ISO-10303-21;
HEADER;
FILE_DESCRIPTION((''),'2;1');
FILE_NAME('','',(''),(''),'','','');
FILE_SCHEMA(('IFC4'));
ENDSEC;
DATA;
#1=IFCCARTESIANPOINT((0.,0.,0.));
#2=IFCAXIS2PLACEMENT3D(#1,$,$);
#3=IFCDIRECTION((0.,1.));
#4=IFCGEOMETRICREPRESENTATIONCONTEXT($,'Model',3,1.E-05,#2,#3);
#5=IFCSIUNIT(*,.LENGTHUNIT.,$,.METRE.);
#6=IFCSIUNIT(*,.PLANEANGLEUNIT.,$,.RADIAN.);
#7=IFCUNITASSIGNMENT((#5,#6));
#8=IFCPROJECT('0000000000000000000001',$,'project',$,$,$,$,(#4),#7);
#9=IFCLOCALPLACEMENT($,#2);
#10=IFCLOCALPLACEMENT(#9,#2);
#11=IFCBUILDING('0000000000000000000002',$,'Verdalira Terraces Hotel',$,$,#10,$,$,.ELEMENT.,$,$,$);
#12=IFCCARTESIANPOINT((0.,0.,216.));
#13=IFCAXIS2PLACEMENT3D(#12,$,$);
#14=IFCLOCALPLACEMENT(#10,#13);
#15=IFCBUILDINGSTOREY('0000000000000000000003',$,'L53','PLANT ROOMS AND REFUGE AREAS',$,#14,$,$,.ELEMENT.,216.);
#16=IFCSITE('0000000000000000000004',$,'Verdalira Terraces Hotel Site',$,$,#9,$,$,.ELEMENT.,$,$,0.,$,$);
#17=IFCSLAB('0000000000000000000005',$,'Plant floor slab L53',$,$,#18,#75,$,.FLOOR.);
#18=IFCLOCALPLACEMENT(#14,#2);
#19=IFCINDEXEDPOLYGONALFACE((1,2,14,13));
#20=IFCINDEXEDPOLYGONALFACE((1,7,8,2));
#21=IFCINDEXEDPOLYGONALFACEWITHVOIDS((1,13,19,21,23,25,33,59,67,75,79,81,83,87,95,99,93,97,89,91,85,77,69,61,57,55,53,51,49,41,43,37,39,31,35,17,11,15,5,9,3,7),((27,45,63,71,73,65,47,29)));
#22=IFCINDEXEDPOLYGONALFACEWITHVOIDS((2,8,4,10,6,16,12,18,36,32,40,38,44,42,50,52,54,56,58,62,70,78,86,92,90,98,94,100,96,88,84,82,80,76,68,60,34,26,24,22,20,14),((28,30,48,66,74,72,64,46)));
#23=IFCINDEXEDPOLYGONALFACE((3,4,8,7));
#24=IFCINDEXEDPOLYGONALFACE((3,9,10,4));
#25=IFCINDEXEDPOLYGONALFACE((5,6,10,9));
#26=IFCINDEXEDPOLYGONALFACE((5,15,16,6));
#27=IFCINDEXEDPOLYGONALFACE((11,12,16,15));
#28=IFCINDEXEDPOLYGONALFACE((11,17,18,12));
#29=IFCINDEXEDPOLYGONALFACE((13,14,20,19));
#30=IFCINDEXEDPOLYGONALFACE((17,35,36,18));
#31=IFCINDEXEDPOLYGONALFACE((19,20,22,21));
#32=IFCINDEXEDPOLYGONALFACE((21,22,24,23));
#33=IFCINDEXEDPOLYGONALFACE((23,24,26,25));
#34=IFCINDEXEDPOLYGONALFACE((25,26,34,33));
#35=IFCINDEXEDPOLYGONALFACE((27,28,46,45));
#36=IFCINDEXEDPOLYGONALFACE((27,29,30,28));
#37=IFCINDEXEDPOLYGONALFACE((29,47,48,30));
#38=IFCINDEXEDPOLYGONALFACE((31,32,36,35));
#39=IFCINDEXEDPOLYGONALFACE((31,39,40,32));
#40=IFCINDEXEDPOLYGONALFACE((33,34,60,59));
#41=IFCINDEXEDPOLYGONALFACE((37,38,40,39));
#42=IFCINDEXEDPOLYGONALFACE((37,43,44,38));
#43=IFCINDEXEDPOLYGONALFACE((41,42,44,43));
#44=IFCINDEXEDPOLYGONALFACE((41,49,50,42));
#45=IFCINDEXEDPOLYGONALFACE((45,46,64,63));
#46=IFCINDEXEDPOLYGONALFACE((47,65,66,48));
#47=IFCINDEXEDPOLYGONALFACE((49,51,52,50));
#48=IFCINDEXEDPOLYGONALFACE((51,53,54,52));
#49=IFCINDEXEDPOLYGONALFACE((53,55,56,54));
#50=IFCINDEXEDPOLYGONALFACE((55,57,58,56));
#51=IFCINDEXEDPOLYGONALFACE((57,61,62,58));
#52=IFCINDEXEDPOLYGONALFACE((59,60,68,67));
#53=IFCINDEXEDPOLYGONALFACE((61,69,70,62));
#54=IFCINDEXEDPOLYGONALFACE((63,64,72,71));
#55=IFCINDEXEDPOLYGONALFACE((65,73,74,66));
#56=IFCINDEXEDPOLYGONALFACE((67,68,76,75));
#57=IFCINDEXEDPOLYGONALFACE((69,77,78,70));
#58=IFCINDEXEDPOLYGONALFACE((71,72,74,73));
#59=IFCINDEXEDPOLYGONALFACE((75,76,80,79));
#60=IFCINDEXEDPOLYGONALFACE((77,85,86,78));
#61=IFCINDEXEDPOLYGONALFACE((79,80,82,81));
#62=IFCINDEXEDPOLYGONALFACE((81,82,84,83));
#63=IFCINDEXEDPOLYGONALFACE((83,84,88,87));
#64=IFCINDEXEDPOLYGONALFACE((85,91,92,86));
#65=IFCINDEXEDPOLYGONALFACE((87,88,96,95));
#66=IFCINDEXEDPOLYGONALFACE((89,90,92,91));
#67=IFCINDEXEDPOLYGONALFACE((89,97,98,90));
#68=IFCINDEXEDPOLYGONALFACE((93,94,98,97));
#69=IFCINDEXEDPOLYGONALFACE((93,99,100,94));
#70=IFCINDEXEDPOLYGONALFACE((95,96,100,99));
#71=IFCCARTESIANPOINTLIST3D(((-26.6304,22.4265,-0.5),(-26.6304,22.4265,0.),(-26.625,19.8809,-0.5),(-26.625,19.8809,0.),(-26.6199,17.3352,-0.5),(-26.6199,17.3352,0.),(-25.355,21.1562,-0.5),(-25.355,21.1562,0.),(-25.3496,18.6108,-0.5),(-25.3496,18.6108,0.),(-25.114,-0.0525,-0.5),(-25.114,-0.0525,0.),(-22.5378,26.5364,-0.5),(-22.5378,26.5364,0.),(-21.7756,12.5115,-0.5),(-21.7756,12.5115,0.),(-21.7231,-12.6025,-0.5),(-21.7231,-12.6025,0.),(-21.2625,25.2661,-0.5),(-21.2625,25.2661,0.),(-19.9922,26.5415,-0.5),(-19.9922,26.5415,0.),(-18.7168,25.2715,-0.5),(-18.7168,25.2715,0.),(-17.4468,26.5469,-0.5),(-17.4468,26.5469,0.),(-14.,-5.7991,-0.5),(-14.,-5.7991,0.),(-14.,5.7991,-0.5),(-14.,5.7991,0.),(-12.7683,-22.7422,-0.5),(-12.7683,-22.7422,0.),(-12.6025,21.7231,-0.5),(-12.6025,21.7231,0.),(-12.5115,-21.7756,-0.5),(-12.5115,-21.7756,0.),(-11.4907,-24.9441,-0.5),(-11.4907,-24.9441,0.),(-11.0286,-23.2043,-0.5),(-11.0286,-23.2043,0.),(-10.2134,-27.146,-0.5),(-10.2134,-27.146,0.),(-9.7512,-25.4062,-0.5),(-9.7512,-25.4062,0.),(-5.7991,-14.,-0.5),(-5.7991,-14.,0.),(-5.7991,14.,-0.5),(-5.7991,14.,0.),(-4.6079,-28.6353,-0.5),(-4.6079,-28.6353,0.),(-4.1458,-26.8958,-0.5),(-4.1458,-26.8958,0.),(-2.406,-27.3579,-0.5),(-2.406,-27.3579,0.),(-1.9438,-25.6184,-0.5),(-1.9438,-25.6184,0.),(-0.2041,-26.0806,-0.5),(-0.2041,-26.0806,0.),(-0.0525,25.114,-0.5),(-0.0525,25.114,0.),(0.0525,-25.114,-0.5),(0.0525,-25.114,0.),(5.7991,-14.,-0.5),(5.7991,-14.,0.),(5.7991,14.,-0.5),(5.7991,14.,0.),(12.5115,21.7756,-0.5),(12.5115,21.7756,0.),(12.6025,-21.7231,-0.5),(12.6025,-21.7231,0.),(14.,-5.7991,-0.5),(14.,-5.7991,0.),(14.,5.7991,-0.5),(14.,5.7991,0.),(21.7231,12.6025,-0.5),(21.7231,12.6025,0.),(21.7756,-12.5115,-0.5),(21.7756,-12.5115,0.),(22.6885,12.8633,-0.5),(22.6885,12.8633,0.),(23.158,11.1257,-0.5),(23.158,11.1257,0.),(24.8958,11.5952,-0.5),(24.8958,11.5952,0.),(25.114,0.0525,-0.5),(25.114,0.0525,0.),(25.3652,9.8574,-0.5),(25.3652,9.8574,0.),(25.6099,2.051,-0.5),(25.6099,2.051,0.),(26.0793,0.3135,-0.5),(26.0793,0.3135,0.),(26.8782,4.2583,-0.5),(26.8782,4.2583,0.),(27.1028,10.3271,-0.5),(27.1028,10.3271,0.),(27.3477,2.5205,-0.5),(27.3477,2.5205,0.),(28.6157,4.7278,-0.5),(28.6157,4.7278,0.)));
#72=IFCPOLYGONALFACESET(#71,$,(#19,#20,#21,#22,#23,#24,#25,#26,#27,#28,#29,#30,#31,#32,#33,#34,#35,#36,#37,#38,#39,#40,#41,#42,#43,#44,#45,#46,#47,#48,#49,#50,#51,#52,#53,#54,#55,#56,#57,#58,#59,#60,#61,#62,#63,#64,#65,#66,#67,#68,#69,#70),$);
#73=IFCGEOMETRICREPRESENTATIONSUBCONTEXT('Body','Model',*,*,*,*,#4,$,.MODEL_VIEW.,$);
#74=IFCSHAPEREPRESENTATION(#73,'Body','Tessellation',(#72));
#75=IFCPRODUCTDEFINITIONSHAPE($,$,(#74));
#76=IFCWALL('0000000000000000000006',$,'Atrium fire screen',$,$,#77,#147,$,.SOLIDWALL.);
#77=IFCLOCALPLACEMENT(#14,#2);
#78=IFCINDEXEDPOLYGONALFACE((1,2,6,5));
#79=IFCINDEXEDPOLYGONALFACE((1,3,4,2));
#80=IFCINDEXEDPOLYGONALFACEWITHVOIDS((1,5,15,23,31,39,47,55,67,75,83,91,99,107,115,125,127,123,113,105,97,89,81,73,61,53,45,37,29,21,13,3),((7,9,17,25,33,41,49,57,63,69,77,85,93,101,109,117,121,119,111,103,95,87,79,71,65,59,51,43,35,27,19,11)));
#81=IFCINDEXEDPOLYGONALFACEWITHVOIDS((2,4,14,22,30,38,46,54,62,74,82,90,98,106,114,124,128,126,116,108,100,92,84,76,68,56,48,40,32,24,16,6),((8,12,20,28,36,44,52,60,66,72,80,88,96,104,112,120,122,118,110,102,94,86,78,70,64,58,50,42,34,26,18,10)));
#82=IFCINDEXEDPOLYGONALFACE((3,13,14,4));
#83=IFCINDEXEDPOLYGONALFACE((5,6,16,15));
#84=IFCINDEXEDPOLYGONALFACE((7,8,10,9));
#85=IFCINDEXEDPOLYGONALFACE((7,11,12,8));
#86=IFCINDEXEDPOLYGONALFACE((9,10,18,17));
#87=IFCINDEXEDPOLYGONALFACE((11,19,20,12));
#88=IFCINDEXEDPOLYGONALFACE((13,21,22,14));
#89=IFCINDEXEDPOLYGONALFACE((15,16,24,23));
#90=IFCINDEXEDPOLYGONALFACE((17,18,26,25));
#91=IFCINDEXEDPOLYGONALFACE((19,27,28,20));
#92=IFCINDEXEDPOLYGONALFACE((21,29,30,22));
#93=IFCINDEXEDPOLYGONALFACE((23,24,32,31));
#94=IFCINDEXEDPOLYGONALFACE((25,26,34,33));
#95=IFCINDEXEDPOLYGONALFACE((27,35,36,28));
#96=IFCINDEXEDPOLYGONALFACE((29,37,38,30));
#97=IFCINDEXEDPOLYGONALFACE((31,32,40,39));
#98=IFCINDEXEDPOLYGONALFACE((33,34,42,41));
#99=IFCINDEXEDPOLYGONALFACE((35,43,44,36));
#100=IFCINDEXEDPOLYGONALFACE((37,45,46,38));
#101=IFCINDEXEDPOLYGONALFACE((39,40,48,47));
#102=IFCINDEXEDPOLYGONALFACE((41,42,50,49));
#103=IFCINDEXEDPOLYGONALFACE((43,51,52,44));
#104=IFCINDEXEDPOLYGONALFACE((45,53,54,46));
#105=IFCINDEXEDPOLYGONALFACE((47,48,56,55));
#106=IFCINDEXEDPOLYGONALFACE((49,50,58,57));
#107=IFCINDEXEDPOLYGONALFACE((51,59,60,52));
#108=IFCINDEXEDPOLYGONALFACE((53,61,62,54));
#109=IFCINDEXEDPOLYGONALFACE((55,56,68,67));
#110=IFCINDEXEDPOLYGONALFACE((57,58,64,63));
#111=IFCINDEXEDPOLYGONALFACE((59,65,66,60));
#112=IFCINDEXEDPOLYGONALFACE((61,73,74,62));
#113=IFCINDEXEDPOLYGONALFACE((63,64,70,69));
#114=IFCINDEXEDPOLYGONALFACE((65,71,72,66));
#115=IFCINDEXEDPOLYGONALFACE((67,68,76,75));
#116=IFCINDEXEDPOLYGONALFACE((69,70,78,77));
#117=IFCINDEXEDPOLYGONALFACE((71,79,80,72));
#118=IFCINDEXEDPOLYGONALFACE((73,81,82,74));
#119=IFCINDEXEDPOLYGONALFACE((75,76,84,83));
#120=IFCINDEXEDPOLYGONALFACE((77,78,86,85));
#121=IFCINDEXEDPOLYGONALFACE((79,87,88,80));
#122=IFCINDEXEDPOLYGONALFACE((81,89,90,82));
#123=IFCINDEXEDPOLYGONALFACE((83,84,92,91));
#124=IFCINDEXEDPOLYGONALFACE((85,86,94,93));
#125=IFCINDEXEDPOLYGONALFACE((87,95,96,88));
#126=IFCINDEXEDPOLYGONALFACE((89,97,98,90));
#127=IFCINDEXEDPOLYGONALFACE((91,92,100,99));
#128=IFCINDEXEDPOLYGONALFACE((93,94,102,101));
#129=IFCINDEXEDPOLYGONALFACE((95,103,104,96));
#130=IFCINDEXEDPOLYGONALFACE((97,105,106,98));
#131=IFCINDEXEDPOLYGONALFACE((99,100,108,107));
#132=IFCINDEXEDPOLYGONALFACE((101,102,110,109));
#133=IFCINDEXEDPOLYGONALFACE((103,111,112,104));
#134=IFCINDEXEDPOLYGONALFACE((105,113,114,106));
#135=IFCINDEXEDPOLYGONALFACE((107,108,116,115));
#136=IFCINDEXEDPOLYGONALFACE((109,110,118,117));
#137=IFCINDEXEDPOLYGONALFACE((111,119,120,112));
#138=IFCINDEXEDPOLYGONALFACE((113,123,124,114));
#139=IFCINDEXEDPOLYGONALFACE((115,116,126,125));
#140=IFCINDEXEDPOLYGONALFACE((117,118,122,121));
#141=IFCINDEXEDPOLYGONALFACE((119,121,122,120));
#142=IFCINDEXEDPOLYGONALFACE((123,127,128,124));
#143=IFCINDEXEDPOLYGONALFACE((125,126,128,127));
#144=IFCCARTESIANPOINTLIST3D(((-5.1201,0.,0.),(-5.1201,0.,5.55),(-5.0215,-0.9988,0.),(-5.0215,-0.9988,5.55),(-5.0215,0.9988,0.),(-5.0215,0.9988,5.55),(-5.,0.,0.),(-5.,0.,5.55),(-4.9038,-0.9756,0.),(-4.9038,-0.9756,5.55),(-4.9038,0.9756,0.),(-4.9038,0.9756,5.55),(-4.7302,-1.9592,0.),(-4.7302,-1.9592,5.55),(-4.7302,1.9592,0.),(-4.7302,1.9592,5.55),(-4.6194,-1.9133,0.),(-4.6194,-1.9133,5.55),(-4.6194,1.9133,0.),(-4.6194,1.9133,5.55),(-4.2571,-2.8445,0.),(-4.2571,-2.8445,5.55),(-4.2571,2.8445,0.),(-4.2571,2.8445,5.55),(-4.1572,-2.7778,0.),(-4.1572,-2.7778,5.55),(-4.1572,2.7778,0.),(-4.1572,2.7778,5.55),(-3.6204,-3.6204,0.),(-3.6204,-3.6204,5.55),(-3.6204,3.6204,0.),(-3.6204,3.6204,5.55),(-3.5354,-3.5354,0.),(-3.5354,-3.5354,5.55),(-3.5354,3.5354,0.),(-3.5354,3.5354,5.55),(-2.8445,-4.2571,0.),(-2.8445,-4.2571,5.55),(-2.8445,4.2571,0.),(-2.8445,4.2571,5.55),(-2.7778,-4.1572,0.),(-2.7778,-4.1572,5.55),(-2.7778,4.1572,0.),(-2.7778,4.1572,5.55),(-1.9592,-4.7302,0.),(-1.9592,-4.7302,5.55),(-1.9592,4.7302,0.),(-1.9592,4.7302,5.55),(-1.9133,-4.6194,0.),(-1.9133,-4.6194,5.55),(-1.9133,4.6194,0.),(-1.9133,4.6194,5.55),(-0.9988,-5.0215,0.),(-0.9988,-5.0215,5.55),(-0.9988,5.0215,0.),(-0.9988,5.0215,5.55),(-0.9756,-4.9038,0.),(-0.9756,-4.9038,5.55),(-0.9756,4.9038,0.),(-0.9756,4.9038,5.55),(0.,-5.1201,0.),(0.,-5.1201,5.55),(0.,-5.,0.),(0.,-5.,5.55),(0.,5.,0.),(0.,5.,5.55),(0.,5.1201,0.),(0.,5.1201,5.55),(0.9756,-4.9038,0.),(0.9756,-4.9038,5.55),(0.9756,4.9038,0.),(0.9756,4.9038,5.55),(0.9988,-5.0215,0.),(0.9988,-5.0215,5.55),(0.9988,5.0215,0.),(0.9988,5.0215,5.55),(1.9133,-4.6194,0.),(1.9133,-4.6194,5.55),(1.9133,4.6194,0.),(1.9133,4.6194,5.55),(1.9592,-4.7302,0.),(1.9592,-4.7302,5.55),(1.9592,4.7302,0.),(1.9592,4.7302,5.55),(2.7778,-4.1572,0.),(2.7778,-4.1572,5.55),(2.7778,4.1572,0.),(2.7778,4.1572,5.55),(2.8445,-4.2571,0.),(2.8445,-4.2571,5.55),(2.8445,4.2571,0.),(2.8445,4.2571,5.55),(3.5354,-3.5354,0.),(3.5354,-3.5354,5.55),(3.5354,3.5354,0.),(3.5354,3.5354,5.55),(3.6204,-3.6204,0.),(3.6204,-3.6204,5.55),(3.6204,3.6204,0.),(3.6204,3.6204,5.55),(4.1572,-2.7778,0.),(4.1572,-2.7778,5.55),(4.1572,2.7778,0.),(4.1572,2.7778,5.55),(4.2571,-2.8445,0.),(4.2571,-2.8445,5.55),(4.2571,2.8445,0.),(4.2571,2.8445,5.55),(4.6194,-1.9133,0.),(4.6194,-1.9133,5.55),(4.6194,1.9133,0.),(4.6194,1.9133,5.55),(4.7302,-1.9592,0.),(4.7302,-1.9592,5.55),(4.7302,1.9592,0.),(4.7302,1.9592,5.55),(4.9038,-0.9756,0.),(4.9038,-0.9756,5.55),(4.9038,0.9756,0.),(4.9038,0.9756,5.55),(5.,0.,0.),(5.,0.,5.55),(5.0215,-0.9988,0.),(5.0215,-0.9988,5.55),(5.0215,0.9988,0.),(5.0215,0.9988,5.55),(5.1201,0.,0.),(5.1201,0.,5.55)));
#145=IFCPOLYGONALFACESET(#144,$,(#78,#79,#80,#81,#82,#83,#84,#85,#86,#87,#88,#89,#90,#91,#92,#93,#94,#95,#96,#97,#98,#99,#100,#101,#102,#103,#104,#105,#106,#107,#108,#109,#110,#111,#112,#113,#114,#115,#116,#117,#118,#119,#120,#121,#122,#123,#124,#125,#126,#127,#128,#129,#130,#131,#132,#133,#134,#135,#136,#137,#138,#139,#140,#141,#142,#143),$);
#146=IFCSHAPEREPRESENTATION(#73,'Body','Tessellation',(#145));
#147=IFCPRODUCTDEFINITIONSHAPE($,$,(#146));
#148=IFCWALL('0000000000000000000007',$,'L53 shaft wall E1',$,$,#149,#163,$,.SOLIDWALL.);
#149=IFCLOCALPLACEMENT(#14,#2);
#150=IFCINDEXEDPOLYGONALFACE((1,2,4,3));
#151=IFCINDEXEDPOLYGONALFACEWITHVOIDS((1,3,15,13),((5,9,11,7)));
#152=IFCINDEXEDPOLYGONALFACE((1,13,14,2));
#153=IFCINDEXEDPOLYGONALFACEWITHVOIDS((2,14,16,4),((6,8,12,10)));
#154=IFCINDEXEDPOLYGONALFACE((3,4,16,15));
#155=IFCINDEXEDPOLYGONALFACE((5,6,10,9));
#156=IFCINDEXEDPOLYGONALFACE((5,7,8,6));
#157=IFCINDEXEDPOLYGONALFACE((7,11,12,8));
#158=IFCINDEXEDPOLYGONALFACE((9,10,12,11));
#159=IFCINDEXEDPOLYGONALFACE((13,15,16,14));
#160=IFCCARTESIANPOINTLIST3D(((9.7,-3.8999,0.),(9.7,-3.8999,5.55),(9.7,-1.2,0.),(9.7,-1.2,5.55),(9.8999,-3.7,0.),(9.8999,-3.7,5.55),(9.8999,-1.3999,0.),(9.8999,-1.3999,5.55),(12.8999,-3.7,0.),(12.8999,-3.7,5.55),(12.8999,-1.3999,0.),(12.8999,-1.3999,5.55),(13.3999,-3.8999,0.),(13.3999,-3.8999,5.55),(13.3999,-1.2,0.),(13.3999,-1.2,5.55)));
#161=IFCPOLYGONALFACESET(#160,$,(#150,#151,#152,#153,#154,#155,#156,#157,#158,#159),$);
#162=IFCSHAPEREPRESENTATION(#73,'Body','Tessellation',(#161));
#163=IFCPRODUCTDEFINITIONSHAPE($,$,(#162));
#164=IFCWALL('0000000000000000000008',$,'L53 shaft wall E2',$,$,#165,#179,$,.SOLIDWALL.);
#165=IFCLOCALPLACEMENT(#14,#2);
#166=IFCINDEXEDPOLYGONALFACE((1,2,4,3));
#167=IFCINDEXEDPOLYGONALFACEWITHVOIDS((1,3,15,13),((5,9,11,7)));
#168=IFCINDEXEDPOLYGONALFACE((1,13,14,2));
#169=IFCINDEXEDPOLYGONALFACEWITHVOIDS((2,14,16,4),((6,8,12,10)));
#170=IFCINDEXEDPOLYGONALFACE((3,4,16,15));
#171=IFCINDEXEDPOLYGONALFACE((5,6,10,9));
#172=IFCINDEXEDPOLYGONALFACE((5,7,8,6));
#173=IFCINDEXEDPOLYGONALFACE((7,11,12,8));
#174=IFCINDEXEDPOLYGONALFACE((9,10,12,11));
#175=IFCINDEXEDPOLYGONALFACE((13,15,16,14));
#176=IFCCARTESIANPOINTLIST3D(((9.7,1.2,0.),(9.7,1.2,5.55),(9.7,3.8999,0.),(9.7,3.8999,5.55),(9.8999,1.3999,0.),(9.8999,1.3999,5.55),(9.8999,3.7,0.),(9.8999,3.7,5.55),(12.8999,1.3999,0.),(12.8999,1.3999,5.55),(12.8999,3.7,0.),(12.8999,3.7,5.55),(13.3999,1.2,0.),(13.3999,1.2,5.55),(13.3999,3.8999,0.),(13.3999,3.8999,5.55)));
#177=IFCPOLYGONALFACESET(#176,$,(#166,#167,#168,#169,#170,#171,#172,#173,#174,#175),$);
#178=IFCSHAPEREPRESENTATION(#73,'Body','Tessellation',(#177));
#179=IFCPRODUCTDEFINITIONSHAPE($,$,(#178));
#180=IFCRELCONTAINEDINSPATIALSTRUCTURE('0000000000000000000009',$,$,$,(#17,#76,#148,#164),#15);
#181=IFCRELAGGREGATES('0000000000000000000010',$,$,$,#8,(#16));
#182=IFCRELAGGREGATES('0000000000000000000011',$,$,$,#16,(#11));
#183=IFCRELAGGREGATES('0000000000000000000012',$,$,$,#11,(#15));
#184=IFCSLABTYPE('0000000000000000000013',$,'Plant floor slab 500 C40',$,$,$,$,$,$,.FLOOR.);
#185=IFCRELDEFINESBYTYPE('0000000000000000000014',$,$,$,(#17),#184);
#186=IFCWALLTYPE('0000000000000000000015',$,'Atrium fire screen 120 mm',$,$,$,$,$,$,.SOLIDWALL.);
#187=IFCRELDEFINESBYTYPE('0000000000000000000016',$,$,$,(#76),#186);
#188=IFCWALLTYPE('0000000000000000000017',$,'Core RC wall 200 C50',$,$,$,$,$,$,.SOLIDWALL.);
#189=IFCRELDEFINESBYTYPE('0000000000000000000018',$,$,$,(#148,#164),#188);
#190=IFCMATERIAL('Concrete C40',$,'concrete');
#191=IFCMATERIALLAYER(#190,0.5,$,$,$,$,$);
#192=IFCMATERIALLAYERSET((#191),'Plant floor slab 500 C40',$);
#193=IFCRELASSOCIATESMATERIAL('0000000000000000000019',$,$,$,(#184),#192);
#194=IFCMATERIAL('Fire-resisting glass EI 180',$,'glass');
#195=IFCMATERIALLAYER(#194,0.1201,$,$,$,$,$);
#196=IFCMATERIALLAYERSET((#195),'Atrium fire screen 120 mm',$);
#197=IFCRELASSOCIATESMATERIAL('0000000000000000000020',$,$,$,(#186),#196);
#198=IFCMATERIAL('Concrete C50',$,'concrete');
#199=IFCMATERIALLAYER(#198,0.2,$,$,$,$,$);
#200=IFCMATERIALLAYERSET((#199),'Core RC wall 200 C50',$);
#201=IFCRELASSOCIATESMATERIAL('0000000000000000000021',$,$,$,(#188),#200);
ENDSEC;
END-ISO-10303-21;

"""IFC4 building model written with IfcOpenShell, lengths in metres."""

from ifc_helpers import new_model, si_unit, direction, frame, origin, place, context, subcontext, project, spatial, polyline, outline, extrude, material, layer, layer_set, type_object, element, save


model = new_model("IFC4")

# Units and contexts
model_context = context("Model", 3, precision=1e-05, world=origin(), true_north=direction((0.0, 1.0)))
body_context = subcontext(model_context, "Body", "Model", "MODEL_VIEW")
ifc_project = project(units=[si_unit("LENGTHUNIT", "METRE"), si_unit("PLANEANGLEUNIT", "RADIAN")], contexts=[model_context])

# Site, building, storey
site_placement = place(None, origin())
site = spatial("IfcSite", under=ifc_project, at=site_placement, Name="Verdalira Terraces Hotel Site", CompositionType="ELEMENT", RefElevation=0.0)
building_placement = place(site_placement, origin())
building = spatial("IfcBuilding", under=site, at=building_placement, Name="Verdalira Terraces Hotel", CompositionType="ELEMENT")
storey_placement = place(building_placement, frame((0.0, 0.0, 216.0)))
storey = spatial("IfcBuildingStorey", under=building, at=storey_placement, Name="L53", Description="PLANT ROOMS AND REFUGE AREAS", CompositionType="ELEMENT", Elevation=216.0)

# Slab
ifc_material_1 = material(Name="Concrete C40", Category="concrete")
ifc_layer_1 = layer(ifc_material_1, 0.5)
ifc_layer_set_1 = layer_set([ifc_layer_1], Name="Plant floor slab 500 C40")
slab_type_1 = type_object("IfcSlabType", Name="Plant floor slab 500 C40", PredefinedType="FLOOR", material=ifc_layer_set_1)
slab_1_placement = place(storey_placement, frame((0.0, 0.0, -0.5)))
element("IfcSlab", 1, at=slab_1_placement, inside=storey, type_object=slab_type_1, Name="Plant floor slab L53", PredefinedType="FLOOR", context=body_context, shape_type="SweptSolid", body=[
    extrude(outline(polyline([(-0.0525, 25.114), (-12.6025, 21.7231), (-17.4468, 26.5469), (-18.7168, 25.2715), (-19.9922, 26.5415), (-21.2625, 25.2661), (-22.5378, 26.5364), (-26.6304, 22.4265), (-25.355, 21.1562), (-26.625, 19.8809), (-25.3496, 18.6108), (-26.6199, 17.3352), (-21.7756, 12.5115), (-25.114, -0.0525), (-21.7231, -12.6025), (-12.5115, -21.7756), (-12.7683, -22.7422), (-11.0286, -23.2043), (-11.4907, -24.9441), (-9.7512, -25.4062), (-10.2134, -27.146), (-4.6079, -28.6353), (-4.1458, -26.8958), (-2.406, -27.3579), (-1.9438, -25.6184), (-0.2041, -26.0806), (0.0525, -25.114), (12.6025, -21.7231), (21.7756, -12.5115), (25.114, 0.0525), (26.0793, 0.3135), (25.6099, 2.051), (27.3477, 2.5205), (26.8782, 4.2583), (28.6157, 4.7278), (27.1028, 10.3271), (25.3652, 9.8574), (24.8958, 11.5952), (23.158, 11.1257), (22.6885, 12.8633), (21.7231, 12.6025), (12.5115, 21.7756), (-0.0525, 25.114)]), holes=[polyline([(5.7991, 14.0), (14.0, 5.7991), (14.0, -5.7991), (5.7991, -14.0), (-5.7991, -14.0), (-14.0, -5.7991), (-14.0, 5.7991), (-5.7991, 14.0), (5.7991, 14.0)])]), origin(), (0.0, 0.0, 1.0), 0.5),
])

# Walls
ifc_material_2 = material(Name="Fire-resisting glass EI 180", Category="glass")
ifc_layer_2 = layer(ifc_material_2, 0.1201)
ifc_layer_set_2 = layer_set([ifc_layer_2], Name="Atrium fire screen 120 mm")
wall_type_1 = type_object("IfcWallType", Name="Atrium fire screen 120 mm", PredefinedType="SOLIDWALL", material=ifc_layer_set_2)
wall_1_placement = place(storey_placement, origin())
element("IfcWall", 2, at=wall_1_placement, inside=storey, type_object=wall_type_1, Name="Atrium fire screen", PredefinedType="SOLIDWALL", context=body_context, shape_type="SweptSolid", body=[
    extrude(outline(polyline([(5.0215, -0.9988), (4.7302, -1.9592), (4.2571, -2.8445), (3.6204, -3.6204), (2.8445, -4.2571), (1.9592, -4.7302), (0.9988, -5.0215), (0.0, -5.1201), (-0.9988, -5.0215), (-1.9592, -4.7302), (-2.8445, -4.2571), (-3.6204, -3.6204), (-4.2571, -2.8445), (-4.7302, -1.9592), (-5.0215, -0.9988), (-5.1201, 0.0), (-5.0215, 0.9988), (-4.7302, 1.9592), (-4.2571, 2.8445), (-3.6204, 3.6204), (-2.8445, 4.2571), (-1.9592, 4.7302), (-0.9988, 5.0215), (0.0, 5.1201), (0.9988, 5.0215), (1.9592, 4.7302), (2.8445, 4.2571), (3.6204, 3.6204), (4.2571, 2.8445), (4.7302, 1.9592), (5.0215, 0.9988), (5.1201, 0.0), (5.0215, -0.9988)]), holes=[polyline([(4.9038, 0.9756), (4.6194, 1.9133), (4.1572, 2.7778), (3.5354, 3.5354), (2.7778, 4.1572), (1.9133, 4.6194), (0.9756, 4.9038), (0.0, 5.0), (-0.9756, 4.9038), (-1.9133, 4.6194), (-2.7778, 4.1572), (-3.5354, 3.5354), (-4.1572, 2.7778), (-4.6194, 1.9133), (-4.9038, 0.9756), (-5.0, 0.0), (-4.9038, -0.9756), (-4.6194, -1.9133), (-4.1572, -2.7778), (-3.5354, -3.5354), (-2.7778, -4.1572), (-1.9133, -4.6194), (-0.9756, -4.9038), (0.0, -5.0), (0.9756, -4.9038), (1.9133, -4.6194), (2.7778, -4.1572), (3.5354, -3.5354), (4.1572, -2.7778), (4.6194, -1.9133), (4.9038, -0.9756), (5.0, 0.0), (4.9038, 0.9756)])]), origin(), (0.0, 0.0, 1.0), 5.55),
])
ifc_material_3 = material(Name="Concrete C50", Category="concrete")
ifc_layer_3 = layer(ifc_material_3, 0.2)
ifc_layer_set_3 = layer_set([ifc_layer_3], Name="Core RC wall 200 C50")
wall_type_2 = type_object("IfcWallType", Name="Core RC wall 200 C50", PredefinedType="SOLIDWALL", material=ifc_layer_set_3)
wall_2_placement = place(storey_placement, origin())
element("IfcWall", 3, at=wall_2_placement, inside=storey, type_object=wall_type_2, Name="L53 shaft wall E1", PredefinedType="SOLIDWALL", context=body_context, shape_type="SweptSolid", body=[
    extrude(outline(polyline([(13.3999, -1.2), (13.3999, -3.8999), (9.7, -3.8999), (9.7, -1.2), (13.3999, -1.2)]), holes=[polyline([(9.8999, -3.7), (12.8999, -3.7), (12.8999, -1.3999), (9.8999, -1.3999), (9.8999, -3.7)])]), origin(), (0.0, 0.0, 1.0), 5.55),
])
wall_3_placement = place(storey_placement, origin())
element("IfcWall", 4, at=wall_3_placement, inside=storey, type_object=wall_type_2, Name="L53 shaft wall E2", PredefinedType="SOLIDWALL", context=body_context, shape_type="SweptSolid", body=[
    extrude(outline(polyline([(9.7, 3.8999), (13.3999, 3.8999), (13.3999, 1.2), (9.7, 1.2), (9.7, 3.8999)]), holes=[polyline([(12.8999, 1.3999), (12.8999, 3.7), (9.8999, 3.7), (9.8999, 1.3999), (12.8999, 1.3999)])]), origin(), (0.0, 0.0, 1.0), 5.55),
])

save(model, "model.ifc")
